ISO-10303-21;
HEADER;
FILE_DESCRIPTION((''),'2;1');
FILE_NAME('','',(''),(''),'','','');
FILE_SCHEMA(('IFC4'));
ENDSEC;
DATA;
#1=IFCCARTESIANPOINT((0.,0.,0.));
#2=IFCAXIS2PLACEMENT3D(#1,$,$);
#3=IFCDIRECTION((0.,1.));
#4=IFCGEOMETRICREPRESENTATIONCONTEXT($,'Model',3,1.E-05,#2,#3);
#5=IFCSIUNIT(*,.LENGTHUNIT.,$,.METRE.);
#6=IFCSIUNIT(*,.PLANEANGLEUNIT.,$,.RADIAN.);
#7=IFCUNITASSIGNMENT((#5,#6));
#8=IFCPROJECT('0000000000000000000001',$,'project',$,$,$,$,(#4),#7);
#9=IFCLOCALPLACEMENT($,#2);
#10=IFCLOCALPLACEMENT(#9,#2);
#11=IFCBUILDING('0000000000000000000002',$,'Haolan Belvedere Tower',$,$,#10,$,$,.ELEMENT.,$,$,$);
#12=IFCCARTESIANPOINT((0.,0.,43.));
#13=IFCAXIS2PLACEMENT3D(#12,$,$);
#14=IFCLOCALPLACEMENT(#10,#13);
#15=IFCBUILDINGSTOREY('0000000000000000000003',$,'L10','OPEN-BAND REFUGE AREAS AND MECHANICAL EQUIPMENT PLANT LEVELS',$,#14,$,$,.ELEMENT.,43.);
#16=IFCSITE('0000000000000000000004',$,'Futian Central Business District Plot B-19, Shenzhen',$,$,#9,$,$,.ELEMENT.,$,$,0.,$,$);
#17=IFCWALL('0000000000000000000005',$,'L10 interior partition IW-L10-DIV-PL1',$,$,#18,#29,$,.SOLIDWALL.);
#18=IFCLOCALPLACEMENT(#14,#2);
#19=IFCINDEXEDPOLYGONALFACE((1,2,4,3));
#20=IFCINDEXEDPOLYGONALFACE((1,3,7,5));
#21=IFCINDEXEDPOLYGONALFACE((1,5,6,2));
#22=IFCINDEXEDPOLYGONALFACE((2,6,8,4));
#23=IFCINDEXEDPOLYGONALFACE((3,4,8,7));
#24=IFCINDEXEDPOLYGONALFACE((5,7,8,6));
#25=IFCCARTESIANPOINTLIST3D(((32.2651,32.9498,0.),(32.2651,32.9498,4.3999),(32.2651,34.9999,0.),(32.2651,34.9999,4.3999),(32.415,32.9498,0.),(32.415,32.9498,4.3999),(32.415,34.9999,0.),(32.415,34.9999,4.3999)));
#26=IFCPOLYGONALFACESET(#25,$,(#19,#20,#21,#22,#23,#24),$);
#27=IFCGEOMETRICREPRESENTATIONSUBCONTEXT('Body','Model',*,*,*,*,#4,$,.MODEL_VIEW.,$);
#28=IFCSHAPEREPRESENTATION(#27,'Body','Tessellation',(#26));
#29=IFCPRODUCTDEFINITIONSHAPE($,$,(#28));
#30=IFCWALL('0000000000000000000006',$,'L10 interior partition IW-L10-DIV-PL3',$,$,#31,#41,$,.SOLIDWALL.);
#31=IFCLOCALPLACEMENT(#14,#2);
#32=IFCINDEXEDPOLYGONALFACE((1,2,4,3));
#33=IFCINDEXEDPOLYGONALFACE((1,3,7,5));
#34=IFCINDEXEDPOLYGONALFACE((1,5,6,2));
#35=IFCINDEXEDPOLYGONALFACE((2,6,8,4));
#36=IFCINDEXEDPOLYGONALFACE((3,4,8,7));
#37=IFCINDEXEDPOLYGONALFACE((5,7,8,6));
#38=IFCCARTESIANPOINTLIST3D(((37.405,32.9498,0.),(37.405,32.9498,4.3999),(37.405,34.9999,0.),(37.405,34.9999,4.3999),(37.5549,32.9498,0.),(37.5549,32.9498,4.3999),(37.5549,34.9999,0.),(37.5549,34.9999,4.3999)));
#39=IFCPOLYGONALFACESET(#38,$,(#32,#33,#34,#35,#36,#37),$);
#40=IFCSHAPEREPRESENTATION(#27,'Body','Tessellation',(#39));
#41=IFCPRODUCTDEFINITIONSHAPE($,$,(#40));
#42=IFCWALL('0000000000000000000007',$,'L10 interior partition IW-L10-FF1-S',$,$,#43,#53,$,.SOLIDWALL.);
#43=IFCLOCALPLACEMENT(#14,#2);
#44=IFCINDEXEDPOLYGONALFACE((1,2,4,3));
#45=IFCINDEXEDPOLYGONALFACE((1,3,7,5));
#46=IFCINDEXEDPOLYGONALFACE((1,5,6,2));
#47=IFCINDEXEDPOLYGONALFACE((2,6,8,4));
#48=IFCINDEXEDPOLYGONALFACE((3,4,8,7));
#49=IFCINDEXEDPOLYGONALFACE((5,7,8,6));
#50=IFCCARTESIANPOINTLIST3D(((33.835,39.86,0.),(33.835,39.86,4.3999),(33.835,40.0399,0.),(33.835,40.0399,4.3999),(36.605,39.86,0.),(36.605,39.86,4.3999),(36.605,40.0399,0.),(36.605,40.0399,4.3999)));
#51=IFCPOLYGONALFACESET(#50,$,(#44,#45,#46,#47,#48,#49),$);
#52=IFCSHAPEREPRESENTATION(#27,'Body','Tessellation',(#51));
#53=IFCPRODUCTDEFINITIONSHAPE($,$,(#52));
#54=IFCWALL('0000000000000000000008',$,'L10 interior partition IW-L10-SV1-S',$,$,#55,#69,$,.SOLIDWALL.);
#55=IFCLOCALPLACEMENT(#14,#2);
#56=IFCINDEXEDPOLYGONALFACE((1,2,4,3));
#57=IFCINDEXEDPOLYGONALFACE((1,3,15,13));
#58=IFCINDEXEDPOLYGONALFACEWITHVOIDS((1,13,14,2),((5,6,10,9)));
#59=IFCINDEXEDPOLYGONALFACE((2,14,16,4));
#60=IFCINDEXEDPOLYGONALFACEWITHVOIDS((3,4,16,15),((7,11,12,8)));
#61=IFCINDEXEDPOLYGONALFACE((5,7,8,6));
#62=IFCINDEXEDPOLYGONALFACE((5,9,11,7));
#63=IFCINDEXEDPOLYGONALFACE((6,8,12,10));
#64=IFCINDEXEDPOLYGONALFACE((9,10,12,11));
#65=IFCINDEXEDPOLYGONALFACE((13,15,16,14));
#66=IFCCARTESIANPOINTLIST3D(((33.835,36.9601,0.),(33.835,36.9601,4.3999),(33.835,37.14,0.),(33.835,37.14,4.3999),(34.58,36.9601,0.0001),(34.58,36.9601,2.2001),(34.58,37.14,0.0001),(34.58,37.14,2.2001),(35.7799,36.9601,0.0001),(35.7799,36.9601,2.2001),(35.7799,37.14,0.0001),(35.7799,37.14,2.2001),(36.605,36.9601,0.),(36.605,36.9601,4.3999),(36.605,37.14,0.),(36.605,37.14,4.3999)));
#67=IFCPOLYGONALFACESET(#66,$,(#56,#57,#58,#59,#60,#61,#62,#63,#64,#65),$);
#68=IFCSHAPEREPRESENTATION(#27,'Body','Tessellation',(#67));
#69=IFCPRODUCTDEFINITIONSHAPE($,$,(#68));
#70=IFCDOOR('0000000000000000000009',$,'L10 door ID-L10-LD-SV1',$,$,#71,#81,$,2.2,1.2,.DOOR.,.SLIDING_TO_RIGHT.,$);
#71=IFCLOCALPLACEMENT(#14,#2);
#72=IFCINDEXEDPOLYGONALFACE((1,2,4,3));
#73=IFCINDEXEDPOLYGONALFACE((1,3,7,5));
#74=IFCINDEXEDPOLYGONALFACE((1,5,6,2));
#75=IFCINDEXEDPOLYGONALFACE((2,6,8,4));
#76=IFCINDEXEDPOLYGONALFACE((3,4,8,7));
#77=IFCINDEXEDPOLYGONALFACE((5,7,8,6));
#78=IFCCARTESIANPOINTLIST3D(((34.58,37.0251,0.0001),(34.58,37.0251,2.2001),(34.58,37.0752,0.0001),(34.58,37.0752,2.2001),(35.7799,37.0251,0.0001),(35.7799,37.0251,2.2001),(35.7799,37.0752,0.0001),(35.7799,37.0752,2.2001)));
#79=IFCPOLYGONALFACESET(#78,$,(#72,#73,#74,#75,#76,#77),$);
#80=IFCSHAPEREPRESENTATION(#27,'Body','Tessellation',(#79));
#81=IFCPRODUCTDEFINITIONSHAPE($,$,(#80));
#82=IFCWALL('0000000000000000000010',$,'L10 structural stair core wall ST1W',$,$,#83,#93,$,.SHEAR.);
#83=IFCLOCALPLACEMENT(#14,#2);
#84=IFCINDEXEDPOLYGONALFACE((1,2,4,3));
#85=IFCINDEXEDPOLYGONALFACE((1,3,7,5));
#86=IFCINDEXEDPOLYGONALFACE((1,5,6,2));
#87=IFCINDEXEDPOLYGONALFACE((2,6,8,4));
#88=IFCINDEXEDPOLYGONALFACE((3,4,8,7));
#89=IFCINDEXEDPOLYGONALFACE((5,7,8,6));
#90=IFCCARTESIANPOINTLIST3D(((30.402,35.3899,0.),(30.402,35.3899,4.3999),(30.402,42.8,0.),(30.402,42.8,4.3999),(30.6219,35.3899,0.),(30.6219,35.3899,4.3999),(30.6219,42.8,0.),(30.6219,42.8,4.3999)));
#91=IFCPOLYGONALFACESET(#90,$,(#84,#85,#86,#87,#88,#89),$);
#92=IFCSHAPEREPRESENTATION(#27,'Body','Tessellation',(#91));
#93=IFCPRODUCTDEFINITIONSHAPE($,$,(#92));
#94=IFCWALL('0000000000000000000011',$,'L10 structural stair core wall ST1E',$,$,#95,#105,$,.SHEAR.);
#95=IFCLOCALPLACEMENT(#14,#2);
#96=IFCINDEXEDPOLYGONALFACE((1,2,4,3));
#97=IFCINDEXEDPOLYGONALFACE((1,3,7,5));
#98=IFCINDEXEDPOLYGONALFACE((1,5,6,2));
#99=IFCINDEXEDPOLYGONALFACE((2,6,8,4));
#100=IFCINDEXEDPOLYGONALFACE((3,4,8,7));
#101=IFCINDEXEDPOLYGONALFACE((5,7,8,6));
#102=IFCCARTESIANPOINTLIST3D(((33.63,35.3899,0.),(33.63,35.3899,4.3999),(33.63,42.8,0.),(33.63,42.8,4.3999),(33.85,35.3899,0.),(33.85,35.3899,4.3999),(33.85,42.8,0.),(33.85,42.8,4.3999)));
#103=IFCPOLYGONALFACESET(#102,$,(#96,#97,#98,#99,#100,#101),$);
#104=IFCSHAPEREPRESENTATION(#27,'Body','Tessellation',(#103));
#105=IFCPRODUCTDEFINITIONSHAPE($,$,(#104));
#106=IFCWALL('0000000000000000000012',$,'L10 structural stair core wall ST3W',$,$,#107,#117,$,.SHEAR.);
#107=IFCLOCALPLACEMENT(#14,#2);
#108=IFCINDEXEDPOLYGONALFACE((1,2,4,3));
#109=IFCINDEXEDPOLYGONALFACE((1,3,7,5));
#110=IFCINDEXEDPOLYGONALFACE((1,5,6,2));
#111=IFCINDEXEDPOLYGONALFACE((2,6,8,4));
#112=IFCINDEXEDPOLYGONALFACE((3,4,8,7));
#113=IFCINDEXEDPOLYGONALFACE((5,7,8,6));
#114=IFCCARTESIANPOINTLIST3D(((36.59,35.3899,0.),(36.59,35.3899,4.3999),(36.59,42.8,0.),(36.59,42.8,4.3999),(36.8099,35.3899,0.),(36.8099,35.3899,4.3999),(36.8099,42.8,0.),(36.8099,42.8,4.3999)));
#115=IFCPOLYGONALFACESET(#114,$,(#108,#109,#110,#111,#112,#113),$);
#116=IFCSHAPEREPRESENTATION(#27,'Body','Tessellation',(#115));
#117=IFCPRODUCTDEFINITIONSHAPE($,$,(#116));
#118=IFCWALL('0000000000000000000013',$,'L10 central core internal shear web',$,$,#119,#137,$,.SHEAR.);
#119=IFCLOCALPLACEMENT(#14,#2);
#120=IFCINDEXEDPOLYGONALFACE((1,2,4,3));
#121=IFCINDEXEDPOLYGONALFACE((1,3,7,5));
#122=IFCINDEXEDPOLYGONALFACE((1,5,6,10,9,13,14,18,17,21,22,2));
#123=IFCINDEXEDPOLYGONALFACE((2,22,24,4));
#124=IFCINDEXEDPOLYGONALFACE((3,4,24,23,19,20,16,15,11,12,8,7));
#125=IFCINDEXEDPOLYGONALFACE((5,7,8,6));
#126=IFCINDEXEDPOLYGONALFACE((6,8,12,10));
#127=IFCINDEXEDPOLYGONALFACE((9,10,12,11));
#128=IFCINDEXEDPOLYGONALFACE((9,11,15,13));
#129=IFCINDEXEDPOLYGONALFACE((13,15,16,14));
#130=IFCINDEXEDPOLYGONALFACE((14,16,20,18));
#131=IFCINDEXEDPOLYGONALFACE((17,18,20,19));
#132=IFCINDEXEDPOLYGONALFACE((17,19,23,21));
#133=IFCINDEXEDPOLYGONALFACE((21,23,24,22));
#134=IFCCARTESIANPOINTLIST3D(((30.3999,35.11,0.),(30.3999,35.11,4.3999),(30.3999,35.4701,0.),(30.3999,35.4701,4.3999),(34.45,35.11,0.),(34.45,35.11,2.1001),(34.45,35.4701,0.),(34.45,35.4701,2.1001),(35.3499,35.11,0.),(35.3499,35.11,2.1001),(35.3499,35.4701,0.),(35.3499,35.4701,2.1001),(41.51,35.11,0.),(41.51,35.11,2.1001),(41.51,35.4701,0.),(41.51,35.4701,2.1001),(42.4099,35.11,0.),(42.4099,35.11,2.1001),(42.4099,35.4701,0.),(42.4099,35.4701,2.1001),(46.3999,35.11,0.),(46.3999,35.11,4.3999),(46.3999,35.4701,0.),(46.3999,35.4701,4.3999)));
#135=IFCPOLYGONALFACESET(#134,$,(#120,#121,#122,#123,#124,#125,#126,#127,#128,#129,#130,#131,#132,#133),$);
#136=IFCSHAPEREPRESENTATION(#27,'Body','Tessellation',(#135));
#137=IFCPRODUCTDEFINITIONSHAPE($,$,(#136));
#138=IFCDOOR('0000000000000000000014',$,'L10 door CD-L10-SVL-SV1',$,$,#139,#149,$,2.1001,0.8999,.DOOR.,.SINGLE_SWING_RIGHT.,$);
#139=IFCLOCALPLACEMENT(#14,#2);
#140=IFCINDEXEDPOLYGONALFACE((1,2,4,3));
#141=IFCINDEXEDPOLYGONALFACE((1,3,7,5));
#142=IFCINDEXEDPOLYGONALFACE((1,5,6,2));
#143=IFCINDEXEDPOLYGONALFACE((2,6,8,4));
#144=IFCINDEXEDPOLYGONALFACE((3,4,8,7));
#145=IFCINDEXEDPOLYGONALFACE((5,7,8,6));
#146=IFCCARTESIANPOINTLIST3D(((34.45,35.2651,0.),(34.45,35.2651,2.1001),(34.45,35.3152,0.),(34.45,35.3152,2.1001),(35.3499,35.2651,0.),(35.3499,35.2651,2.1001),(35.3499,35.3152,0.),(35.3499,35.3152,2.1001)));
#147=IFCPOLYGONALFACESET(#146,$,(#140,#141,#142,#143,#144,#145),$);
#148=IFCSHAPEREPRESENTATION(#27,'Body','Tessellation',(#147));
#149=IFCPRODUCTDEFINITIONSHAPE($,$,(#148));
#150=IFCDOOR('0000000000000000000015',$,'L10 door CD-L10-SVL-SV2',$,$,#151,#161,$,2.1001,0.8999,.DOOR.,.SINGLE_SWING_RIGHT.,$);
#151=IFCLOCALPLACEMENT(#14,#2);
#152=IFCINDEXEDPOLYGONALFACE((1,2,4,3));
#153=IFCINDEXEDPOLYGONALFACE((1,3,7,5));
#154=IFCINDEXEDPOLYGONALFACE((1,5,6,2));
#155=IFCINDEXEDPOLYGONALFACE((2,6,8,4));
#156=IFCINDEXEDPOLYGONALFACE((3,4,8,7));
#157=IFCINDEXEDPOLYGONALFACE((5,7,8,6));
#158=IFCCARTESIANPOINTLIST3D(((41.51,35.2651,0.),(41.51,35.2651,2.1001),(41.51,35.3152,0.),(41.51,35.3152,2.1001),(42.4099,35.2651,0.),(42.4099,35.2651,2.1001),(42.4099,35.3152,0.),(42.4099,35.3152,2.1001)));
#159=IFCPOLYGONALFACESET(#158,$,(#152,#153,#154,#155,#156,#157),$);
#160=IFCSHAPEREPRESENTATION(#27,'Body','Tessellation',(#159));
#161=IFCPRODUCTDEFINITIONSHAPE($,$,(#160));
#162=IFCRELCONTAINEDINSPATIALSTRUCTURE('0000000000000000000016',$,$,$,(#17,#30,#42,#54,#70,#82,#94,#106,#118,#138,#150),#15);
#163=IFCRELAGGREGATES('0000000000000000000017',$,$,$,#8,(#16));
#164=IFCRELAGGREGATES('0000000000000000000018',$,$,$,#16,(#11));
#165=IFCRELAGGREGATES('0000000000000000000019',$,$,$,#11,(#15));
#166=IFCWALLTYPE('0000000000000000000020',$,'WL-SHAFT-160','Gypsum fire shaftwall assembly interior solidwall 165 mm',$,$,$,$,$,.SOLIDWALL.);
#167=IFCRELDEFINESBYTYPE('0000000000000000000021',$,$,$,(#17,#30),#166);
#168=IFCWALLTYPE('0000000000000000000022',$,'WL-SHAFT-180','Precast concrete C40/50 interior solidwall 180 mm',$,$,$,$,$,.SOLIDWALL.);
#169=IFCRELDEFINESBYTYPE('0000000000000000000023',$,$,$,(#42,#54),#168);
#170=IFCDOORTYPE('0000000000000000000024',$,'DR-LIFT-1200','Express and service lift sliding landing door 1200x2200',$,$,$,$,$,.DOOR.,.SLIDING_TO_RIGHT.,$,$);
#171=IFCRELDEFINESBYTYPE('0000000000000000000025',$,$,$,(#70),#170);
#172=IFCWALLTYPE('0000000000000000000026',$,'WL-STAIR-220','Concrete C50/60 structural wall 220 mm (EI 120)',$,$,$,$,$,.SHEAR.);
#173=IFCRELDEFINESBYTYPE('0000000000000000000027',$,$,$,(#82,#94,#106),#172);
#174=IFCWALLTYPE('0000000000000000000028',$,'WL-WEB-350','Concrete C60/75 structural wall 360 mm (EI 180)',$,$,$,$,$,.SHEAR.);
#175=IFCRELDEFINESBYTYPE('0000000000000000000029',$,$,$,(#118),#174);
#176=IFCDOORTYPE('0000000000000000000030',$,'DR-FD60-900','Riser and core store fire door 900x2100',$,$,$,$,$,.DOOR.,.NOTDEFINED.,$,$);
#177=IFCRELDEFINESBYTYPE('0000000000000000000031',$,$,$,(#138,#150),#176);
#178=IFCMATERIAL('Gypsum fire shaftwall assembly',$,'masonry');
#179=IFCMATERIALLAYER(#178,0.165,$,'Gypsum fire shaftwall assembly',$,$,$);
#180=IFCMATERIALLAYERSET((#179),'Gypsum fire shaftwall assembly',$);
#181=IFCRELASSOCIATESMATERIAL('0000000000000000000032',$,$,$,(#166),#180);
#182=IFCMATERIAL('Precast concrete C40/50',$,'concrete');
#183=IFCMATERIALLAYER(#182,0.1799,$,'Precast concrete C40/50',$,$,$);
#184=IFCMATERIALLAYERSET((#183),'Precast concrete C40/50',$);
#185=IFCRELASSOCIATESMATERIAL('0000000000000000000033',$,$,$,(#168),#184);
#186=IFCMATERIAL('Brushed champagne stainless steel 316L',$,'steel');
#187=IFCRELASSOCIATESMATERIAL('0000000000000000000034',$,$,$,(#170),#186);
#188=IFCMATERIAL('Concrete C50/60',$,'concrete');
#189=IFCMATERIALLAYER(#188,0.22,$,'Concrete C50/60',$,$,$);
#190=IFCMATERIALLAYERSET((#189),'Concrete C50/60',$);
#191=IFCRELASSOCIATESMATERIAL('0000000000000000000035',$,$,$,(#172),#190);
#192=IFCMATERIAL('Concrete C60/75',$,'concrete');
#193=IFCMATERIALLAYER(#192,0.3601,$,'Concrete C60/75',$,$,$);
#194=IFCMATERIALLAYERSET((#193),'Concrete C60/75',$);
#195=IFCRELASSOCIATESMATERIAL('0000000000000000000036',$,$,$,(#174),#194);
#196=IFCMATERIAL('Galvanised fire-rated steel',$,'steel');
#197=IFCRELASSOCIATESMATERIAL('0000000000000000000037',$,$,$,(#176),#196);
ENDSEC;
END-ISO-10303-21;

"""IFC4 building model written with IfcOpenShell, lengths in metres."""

from ifc_helpers import new_model, si_unit, direction, frame, frame_2d, origin, place, context, subcontext, project, spatial, rectangle, extrude, material, layer, layer_set, type_object, element, fill, save


model = new_model("IFC4")

# Units and contexts
model_context = context("Model", 3, precision=1e-05, world=origin(), true_north=direction((0.0, 1.0)))
body_context = subcontext(model_context, "Body", "Model", "MODEL_VIEW")
ifc_project = project(units=[si_unit("LENGTHUNIT", "METRE"), si_unit("PLANEANGLEUNIT", "RADIAN")], contexts=[model_context])

# Site, building, storey
site_placement = place(None, origin())
site = spatial("IfcSite", under=ifc_project, at=site_placement, Name="Futian Central Business District Plot B-19, Shenzhen", CompositionType="ELEMENT", RefElevation=0.0)
building_placement = place(site_placement, origin())
building = spatial("IfcBuilding", under=site, at=building_placement, Name="Haolan Belvedere Tower", CompositionType="ELEMENT")
storey_placement = place(building_placement, frame((0.0, 0.0, 43.0)))
storey = spatial("IfcBuildingStorey", under=building, at=storey_placement, Name="L10", Description="OPEN-BAND REFUGE AREAS AND MECHANICAL EQUIPMENT PLANT LEVELS", CompositionType="ELEMENT", Elevation=43.0)

# Shared definitions
ifc_material_1 = material(Name="Galvanised fire-rated steel", Category="steel")

# Shared definitions
ifc_material_2 = material(Name="Gypsum fire shaftwall assembly", Category="masonry")
ifc_layer_1 = layer(ifc_material_2, 0.165, Name="Gypsum fire shaftwall assembly")
ifc_layer_set_1 = layer_set([ifc_layer_1], Name="Gypsum fire shaftwall assembly")
wall_type_1 = type_object("IfcWallType", Name="WL-SHAFT-160", Description="Gypsum fire shaftwall assembly interior solidwall 165 mm", PredefinedType="SOLIDWALL", material=ifc_layer_set_1)

# Shared definitions
ifc_material_3 = material(Name="Brushed champagne stainless steel 316L", Category="steel")

# Walls
for number, where, z_axis, x_axis, name in (
    (1, (32.3401, 32.95, 0.0), (0.0, 0.0, 1.0), (0.0, 1.0, 0.0), "L10 interior partition IW-L10-DIV-PL1"),
    (2, (37.48, 32.95, 0.0), (0.0, 0.0, 1.0), (0.0, 1.0, 0.0), "L10 interior partition IW-L10-DIV-PL3"),
):
    element("IfcWall", number, at=place(storey_placement, frame(where, z_axis=z_axis, x_axis=x_axis)), inside=storey, type_object=wall_type_1, Name=name, PredefinedType="SOLIDWALL", context=body_context, shape_type="SweptSolid", body=[
        extrude(rectangle(XDim=2.05, YDim=0.1499, at=frame_2d((1.0249, 0.0))), origin(), (0.0, 0.0, 1.0), 4.3999),
    ])
ifc_material_4 = material(Name="Precast concrete C40/50", Category="concrete")
ifc_layer_2 = layer(ifc_material_4, 0.1799, Name="Precast concrete C40/50")
ifc_layer_set_2 = layer_set([ifc_layer_2], Name="Precast concrete C40/50")
wall_type_2 = type_object("IfcWallType", Name="WL-SHAFT-180", Description="Precast concrete C40/50 interior solidwall 180 mm", PredefinedType="SOLIDWALL", material=ifc_layer_set_2)
wall_1_placement = place(storey_placement, frame((33.835, 39.95, 0.0), z_axis=(0.0, 0.0, 1.0), x_axis=(1.0, 0.0, 0.0)))
element("IfcWall", 3, at=wall_1_placement, inside=storey, type_object=wall_type_2, Name="L10 interior partition IW-L10-FF1-S", PredefinedType="SOLIDWALL", context=body_context, shape_type="SweptSolid", body=[
    extrude(rectangle(XDim=2.77, YDim=0.1799, at=frame_2d((1.385, 0.0))), origin(), (0.0, 0.0, 1.0), 4.3999),
])

# Wall, opening, door
wall_2_placement = place(storey_placement, frame((33.835, 37.05, 0.0), z_axis=(0.0, 0.0, 1.0), x_axis=(1.0, 0.0, 0.0)))
wall_2 = element("IfcWall", 4, at=wall_2_placement, inside=storey, type_object=wall_type_2, Name="L10 interior partition IW-L10-SV1-S", PredefinedType="SOLIDWALL", context=body_context, shape_type="SweptSolid", body=[
    extrude(rectangle(XDim=2.77, YDim=0.1799, at=frame_2d((1.385, 0.0))), origin(), (0.0, 0.0, 1.0), 4.3999),
])
opening_1_placement = place(wall_2_placement, frame((1.9451, 0.0, 0.0), z_axis=(0.0, 0.0, 1.0), x_axis=(-1.0, 0.0, 0.0)))
opening_1 = element("IfcOpeningElement", 5, at=opening_1_placement, cuts=wall_2, PredefinedType="OPENING", context=body_context, shape_type="SweptSolid", body=[
    extrude(rectangle(XDim=1.2, YDim=2.2, at=frame_2d((0.6001, 1.1001))), frame((0.0, 0.0999, 0.0), z_axis=(0.0, -1.0, 0.0), x_axis=(1.0, 0.0, 0.0)), (0.0, 0.0, 1.0), 0.2),
])
door_type_1 = type_object("IfcDoorType", Name="DR-LIFT-1200", Description="Express and service lift sliding landing door 1200x2200", OperationType="SLIDING_TO_RIGHT", PredefinedType="DOOR", material=ifc_material_3)
door_1_placement = place(opening_1_placement, origin())
door_1 = element("IfcDoor", 6, at=door_1_placement, inside=storey, type_object=door_type_1, Name="L10 door ID-L10-LD-SV1", OperationType="SLIDING_TO_RIGHT", OverallHeight=2.2, OverallWidth=1.2, PredefinedType="DOOR", context=body_context, shape_type="SweptSolid", body=[
    extrude(rectangle(XDim=1.2, YDim=2.2, at=frame_2d((0.6001, 1.1001))), frame((0.0, 0.0249, 0.0), z_axis=(0.0, -1.0, 0.0), x_axis=(1.0, 0.0, 0.0)), (0.0, 0.0, 1.0), 0.05),
])
fill(opening_1, door_1)

# Walls
ifc_material_5 = material(Name="Concrete C50/60", Category="concrete")
ifc_layer_3 = layer(ifc_material_5, 0.22, Name="Concrete C50/60")
ifc_layer_set_3 = layer_set([ifc_layer_3], Name="Concrete C50/60")
wall_type_3 = type_object("IfcWallType", Name="WL-STAIR-220", Description="Concrete C50/60 structural wall 220 mm (EI 120)", PredefinedType="SHEAR", material=ifc_layer_set_3)
for number, where, z_axis, x_axis, name in (
    (7, (30.512, 35.3899, 0.0), (0.0, 0.0, 1.0), (0.0, 1.0, 0.0), "L10 structural stair core wall ST1W"),
    (8, (33.74, 35.3899, 0.0), (0.0, 0.0, 1.0), (0.0, 1.0, 0.0), "L10 structural stair core wall ST1E"),
    (9, (36.7, 35.3899, 0.0), (0.0, 0.0, 1.0), (0.0, 1.0, 0.0), "L10 structural stair core wall ST3W"),
):
    element("IfcWall", number, at=place(storey_placement, frame(where, z_axis=z_axis, x_axis=x_axis)), inside=storey, type_object=wall_type_3, Name=name, PredefinedType="SHEAR", context=body_context, shape_type="SweptSolid", body=[
        extrude(rectangle(XDim=7.4102, YDim=0.22, at=frame_2d((3.7051, 0.0))), origin(), (0.0, 0.0, 1.0), 4.3999),
    ])

# Wall, openings, doors
ifc_material_6 = material(Name="Concrete C60/75", Category="concrete")
ifc_layer_4 = layer(ifc_material_6, 0.3601, Name="Concrete C60/75")
ifc_layer_set_4 = layer_set([ifc_layer_4], Name="Concrete C60/75")
wall_type_4 = type_object("IfcWallType", Name="WL-WEB-350", Description="Concrete C60/75 structural wall 360 mm (EI 180)", PredefinedType="SHEAR", material=ifc_layer_set_4)
wall_3_placement = place(storey_placement, frame((30.3999, 35.29, 0.0), z_axis=(0.0, 0.0, 1.0), x_axis=(1.0, 0.0, 0.0)))
wall_3 = element("IfcWall", 10, at=wall_3_placement, inside=storey, type_object=wall_type_4, Name="L10 central core internal shear web", PredefinedType="SHEAR", context=body_context, shape_type="SweptSolid", body=[
    extrude(rectangle(XDim=16.0, YDim=0.3601, at=frame_2d((8.0, 0.0))), origin(), (0.0, 0.0, 1.0), 4.3999),
])
opening_2_placement = place(wall_3_placement, frame((4.95, 0.0, 0.0), z_axis=(0.0, 0.0, 1.0), x_axis=(-1.0, 0.0, 0.0)))
opening_2 = element("IfcOpeningElement", 11, at=opening_2_placement, cuts=wall_3, PredefinedType="OPENING", context=body_context, shape_type="SweptSolid", body=[
    extrude(rectangle(XDim=0.8999, YDim=2.1001, at=frame_2d((0.45, 1.05))), frame((0.0, 0.1899, 0.0), z_axis=(0.0, -1.0, 0.0), x_axis=(1.0, 0.0, 0.0)), (0.0, 0.0, 1.0), 0.3801),
])
opening_3_placement = place(wall_3_placement, frame((12.01, 0.0, 0.0), z_axis=(0.0, 0.0, 1.0), x_axis=(-1.0, 0.0, 0.0)))
opening_3 = element("IfcOpeningElement", 12, at=opening_3_placement, cuts=wall_3, PredefinedType="OPENING", context=body_context, shape_type="SweptSolid", body=[
    extrude(rectangle(XDim=0.8999, YDim=2.1001, at=frame_2d((0.45, 1.05))), frame((0.0, 0.1899, 0.0), z_axis=(0.0, -1.0, 0.0), x_axis=(1.0, 0.0, 0.0)), (0.0, 0.0, 1.0), 0.3801),
])
door_type_2 = type_object("IfcDoorType", Name="DR-FD60-900", Description="Riser and core store fire door 900x2100", OperationType="NOTDEFINED", PredefinedType="DOOR", material=ifc_material_1)
door_2_placement = place(opening_2_placement, origin())
door_2 = element("IfcDoor", 13, at=door_2_placement, inside=storey, type_object=door_type_2, Name="L10 door CD-L10-SVL-SV1", OperationType="SINGLE_SWING_RIGHT", OverallHeight=2.1001, OverallWidth=0.8999, PredefinedType="DOOR", context=body_context, shape_type="SweptSolid", body=[
    extrude(rectangle(XDim=0.8999, YDim=2.1001, at=frame_2d((0.45, 1.05))), frame((0.0, 0.0249, 0.0), z_axis=(0.0, -1.0, 0.0), x_axis=(1.0, 0.0, 0.0)), (0.0, 0.0, 1.0), 0.05),
])
fill(opening_2, door_2)
door_3_placement = place(opening_3_placement, origin())
door_3 = element("IfcDoor", 14, at=door_3_placement, inside=storey, type_object=door_type_2, Name="L10 door CD-L10-SVL-SV2", OperationType="SINGLE_SWING_RIGHT", OverallHeight=2.1001, OverallWidth=0.8999, PredefinedType="DOOR", context=body_context, shape_type="SweptSolid", body=[
    extrude(rectangle(XDim=0.8999, YDim=2.1001, at=frame_2d((0.45, 1.05))), frame((0.0, 0.0249, 0.0), z_axis=(0.0, -1.0, 0.0), x_axis=(1.0, 0.0, 0.0)), (0.0, 0.0, 1.0), 0.05),
])
fill(opening_3, door_3)

save(model, "model.ifc")
